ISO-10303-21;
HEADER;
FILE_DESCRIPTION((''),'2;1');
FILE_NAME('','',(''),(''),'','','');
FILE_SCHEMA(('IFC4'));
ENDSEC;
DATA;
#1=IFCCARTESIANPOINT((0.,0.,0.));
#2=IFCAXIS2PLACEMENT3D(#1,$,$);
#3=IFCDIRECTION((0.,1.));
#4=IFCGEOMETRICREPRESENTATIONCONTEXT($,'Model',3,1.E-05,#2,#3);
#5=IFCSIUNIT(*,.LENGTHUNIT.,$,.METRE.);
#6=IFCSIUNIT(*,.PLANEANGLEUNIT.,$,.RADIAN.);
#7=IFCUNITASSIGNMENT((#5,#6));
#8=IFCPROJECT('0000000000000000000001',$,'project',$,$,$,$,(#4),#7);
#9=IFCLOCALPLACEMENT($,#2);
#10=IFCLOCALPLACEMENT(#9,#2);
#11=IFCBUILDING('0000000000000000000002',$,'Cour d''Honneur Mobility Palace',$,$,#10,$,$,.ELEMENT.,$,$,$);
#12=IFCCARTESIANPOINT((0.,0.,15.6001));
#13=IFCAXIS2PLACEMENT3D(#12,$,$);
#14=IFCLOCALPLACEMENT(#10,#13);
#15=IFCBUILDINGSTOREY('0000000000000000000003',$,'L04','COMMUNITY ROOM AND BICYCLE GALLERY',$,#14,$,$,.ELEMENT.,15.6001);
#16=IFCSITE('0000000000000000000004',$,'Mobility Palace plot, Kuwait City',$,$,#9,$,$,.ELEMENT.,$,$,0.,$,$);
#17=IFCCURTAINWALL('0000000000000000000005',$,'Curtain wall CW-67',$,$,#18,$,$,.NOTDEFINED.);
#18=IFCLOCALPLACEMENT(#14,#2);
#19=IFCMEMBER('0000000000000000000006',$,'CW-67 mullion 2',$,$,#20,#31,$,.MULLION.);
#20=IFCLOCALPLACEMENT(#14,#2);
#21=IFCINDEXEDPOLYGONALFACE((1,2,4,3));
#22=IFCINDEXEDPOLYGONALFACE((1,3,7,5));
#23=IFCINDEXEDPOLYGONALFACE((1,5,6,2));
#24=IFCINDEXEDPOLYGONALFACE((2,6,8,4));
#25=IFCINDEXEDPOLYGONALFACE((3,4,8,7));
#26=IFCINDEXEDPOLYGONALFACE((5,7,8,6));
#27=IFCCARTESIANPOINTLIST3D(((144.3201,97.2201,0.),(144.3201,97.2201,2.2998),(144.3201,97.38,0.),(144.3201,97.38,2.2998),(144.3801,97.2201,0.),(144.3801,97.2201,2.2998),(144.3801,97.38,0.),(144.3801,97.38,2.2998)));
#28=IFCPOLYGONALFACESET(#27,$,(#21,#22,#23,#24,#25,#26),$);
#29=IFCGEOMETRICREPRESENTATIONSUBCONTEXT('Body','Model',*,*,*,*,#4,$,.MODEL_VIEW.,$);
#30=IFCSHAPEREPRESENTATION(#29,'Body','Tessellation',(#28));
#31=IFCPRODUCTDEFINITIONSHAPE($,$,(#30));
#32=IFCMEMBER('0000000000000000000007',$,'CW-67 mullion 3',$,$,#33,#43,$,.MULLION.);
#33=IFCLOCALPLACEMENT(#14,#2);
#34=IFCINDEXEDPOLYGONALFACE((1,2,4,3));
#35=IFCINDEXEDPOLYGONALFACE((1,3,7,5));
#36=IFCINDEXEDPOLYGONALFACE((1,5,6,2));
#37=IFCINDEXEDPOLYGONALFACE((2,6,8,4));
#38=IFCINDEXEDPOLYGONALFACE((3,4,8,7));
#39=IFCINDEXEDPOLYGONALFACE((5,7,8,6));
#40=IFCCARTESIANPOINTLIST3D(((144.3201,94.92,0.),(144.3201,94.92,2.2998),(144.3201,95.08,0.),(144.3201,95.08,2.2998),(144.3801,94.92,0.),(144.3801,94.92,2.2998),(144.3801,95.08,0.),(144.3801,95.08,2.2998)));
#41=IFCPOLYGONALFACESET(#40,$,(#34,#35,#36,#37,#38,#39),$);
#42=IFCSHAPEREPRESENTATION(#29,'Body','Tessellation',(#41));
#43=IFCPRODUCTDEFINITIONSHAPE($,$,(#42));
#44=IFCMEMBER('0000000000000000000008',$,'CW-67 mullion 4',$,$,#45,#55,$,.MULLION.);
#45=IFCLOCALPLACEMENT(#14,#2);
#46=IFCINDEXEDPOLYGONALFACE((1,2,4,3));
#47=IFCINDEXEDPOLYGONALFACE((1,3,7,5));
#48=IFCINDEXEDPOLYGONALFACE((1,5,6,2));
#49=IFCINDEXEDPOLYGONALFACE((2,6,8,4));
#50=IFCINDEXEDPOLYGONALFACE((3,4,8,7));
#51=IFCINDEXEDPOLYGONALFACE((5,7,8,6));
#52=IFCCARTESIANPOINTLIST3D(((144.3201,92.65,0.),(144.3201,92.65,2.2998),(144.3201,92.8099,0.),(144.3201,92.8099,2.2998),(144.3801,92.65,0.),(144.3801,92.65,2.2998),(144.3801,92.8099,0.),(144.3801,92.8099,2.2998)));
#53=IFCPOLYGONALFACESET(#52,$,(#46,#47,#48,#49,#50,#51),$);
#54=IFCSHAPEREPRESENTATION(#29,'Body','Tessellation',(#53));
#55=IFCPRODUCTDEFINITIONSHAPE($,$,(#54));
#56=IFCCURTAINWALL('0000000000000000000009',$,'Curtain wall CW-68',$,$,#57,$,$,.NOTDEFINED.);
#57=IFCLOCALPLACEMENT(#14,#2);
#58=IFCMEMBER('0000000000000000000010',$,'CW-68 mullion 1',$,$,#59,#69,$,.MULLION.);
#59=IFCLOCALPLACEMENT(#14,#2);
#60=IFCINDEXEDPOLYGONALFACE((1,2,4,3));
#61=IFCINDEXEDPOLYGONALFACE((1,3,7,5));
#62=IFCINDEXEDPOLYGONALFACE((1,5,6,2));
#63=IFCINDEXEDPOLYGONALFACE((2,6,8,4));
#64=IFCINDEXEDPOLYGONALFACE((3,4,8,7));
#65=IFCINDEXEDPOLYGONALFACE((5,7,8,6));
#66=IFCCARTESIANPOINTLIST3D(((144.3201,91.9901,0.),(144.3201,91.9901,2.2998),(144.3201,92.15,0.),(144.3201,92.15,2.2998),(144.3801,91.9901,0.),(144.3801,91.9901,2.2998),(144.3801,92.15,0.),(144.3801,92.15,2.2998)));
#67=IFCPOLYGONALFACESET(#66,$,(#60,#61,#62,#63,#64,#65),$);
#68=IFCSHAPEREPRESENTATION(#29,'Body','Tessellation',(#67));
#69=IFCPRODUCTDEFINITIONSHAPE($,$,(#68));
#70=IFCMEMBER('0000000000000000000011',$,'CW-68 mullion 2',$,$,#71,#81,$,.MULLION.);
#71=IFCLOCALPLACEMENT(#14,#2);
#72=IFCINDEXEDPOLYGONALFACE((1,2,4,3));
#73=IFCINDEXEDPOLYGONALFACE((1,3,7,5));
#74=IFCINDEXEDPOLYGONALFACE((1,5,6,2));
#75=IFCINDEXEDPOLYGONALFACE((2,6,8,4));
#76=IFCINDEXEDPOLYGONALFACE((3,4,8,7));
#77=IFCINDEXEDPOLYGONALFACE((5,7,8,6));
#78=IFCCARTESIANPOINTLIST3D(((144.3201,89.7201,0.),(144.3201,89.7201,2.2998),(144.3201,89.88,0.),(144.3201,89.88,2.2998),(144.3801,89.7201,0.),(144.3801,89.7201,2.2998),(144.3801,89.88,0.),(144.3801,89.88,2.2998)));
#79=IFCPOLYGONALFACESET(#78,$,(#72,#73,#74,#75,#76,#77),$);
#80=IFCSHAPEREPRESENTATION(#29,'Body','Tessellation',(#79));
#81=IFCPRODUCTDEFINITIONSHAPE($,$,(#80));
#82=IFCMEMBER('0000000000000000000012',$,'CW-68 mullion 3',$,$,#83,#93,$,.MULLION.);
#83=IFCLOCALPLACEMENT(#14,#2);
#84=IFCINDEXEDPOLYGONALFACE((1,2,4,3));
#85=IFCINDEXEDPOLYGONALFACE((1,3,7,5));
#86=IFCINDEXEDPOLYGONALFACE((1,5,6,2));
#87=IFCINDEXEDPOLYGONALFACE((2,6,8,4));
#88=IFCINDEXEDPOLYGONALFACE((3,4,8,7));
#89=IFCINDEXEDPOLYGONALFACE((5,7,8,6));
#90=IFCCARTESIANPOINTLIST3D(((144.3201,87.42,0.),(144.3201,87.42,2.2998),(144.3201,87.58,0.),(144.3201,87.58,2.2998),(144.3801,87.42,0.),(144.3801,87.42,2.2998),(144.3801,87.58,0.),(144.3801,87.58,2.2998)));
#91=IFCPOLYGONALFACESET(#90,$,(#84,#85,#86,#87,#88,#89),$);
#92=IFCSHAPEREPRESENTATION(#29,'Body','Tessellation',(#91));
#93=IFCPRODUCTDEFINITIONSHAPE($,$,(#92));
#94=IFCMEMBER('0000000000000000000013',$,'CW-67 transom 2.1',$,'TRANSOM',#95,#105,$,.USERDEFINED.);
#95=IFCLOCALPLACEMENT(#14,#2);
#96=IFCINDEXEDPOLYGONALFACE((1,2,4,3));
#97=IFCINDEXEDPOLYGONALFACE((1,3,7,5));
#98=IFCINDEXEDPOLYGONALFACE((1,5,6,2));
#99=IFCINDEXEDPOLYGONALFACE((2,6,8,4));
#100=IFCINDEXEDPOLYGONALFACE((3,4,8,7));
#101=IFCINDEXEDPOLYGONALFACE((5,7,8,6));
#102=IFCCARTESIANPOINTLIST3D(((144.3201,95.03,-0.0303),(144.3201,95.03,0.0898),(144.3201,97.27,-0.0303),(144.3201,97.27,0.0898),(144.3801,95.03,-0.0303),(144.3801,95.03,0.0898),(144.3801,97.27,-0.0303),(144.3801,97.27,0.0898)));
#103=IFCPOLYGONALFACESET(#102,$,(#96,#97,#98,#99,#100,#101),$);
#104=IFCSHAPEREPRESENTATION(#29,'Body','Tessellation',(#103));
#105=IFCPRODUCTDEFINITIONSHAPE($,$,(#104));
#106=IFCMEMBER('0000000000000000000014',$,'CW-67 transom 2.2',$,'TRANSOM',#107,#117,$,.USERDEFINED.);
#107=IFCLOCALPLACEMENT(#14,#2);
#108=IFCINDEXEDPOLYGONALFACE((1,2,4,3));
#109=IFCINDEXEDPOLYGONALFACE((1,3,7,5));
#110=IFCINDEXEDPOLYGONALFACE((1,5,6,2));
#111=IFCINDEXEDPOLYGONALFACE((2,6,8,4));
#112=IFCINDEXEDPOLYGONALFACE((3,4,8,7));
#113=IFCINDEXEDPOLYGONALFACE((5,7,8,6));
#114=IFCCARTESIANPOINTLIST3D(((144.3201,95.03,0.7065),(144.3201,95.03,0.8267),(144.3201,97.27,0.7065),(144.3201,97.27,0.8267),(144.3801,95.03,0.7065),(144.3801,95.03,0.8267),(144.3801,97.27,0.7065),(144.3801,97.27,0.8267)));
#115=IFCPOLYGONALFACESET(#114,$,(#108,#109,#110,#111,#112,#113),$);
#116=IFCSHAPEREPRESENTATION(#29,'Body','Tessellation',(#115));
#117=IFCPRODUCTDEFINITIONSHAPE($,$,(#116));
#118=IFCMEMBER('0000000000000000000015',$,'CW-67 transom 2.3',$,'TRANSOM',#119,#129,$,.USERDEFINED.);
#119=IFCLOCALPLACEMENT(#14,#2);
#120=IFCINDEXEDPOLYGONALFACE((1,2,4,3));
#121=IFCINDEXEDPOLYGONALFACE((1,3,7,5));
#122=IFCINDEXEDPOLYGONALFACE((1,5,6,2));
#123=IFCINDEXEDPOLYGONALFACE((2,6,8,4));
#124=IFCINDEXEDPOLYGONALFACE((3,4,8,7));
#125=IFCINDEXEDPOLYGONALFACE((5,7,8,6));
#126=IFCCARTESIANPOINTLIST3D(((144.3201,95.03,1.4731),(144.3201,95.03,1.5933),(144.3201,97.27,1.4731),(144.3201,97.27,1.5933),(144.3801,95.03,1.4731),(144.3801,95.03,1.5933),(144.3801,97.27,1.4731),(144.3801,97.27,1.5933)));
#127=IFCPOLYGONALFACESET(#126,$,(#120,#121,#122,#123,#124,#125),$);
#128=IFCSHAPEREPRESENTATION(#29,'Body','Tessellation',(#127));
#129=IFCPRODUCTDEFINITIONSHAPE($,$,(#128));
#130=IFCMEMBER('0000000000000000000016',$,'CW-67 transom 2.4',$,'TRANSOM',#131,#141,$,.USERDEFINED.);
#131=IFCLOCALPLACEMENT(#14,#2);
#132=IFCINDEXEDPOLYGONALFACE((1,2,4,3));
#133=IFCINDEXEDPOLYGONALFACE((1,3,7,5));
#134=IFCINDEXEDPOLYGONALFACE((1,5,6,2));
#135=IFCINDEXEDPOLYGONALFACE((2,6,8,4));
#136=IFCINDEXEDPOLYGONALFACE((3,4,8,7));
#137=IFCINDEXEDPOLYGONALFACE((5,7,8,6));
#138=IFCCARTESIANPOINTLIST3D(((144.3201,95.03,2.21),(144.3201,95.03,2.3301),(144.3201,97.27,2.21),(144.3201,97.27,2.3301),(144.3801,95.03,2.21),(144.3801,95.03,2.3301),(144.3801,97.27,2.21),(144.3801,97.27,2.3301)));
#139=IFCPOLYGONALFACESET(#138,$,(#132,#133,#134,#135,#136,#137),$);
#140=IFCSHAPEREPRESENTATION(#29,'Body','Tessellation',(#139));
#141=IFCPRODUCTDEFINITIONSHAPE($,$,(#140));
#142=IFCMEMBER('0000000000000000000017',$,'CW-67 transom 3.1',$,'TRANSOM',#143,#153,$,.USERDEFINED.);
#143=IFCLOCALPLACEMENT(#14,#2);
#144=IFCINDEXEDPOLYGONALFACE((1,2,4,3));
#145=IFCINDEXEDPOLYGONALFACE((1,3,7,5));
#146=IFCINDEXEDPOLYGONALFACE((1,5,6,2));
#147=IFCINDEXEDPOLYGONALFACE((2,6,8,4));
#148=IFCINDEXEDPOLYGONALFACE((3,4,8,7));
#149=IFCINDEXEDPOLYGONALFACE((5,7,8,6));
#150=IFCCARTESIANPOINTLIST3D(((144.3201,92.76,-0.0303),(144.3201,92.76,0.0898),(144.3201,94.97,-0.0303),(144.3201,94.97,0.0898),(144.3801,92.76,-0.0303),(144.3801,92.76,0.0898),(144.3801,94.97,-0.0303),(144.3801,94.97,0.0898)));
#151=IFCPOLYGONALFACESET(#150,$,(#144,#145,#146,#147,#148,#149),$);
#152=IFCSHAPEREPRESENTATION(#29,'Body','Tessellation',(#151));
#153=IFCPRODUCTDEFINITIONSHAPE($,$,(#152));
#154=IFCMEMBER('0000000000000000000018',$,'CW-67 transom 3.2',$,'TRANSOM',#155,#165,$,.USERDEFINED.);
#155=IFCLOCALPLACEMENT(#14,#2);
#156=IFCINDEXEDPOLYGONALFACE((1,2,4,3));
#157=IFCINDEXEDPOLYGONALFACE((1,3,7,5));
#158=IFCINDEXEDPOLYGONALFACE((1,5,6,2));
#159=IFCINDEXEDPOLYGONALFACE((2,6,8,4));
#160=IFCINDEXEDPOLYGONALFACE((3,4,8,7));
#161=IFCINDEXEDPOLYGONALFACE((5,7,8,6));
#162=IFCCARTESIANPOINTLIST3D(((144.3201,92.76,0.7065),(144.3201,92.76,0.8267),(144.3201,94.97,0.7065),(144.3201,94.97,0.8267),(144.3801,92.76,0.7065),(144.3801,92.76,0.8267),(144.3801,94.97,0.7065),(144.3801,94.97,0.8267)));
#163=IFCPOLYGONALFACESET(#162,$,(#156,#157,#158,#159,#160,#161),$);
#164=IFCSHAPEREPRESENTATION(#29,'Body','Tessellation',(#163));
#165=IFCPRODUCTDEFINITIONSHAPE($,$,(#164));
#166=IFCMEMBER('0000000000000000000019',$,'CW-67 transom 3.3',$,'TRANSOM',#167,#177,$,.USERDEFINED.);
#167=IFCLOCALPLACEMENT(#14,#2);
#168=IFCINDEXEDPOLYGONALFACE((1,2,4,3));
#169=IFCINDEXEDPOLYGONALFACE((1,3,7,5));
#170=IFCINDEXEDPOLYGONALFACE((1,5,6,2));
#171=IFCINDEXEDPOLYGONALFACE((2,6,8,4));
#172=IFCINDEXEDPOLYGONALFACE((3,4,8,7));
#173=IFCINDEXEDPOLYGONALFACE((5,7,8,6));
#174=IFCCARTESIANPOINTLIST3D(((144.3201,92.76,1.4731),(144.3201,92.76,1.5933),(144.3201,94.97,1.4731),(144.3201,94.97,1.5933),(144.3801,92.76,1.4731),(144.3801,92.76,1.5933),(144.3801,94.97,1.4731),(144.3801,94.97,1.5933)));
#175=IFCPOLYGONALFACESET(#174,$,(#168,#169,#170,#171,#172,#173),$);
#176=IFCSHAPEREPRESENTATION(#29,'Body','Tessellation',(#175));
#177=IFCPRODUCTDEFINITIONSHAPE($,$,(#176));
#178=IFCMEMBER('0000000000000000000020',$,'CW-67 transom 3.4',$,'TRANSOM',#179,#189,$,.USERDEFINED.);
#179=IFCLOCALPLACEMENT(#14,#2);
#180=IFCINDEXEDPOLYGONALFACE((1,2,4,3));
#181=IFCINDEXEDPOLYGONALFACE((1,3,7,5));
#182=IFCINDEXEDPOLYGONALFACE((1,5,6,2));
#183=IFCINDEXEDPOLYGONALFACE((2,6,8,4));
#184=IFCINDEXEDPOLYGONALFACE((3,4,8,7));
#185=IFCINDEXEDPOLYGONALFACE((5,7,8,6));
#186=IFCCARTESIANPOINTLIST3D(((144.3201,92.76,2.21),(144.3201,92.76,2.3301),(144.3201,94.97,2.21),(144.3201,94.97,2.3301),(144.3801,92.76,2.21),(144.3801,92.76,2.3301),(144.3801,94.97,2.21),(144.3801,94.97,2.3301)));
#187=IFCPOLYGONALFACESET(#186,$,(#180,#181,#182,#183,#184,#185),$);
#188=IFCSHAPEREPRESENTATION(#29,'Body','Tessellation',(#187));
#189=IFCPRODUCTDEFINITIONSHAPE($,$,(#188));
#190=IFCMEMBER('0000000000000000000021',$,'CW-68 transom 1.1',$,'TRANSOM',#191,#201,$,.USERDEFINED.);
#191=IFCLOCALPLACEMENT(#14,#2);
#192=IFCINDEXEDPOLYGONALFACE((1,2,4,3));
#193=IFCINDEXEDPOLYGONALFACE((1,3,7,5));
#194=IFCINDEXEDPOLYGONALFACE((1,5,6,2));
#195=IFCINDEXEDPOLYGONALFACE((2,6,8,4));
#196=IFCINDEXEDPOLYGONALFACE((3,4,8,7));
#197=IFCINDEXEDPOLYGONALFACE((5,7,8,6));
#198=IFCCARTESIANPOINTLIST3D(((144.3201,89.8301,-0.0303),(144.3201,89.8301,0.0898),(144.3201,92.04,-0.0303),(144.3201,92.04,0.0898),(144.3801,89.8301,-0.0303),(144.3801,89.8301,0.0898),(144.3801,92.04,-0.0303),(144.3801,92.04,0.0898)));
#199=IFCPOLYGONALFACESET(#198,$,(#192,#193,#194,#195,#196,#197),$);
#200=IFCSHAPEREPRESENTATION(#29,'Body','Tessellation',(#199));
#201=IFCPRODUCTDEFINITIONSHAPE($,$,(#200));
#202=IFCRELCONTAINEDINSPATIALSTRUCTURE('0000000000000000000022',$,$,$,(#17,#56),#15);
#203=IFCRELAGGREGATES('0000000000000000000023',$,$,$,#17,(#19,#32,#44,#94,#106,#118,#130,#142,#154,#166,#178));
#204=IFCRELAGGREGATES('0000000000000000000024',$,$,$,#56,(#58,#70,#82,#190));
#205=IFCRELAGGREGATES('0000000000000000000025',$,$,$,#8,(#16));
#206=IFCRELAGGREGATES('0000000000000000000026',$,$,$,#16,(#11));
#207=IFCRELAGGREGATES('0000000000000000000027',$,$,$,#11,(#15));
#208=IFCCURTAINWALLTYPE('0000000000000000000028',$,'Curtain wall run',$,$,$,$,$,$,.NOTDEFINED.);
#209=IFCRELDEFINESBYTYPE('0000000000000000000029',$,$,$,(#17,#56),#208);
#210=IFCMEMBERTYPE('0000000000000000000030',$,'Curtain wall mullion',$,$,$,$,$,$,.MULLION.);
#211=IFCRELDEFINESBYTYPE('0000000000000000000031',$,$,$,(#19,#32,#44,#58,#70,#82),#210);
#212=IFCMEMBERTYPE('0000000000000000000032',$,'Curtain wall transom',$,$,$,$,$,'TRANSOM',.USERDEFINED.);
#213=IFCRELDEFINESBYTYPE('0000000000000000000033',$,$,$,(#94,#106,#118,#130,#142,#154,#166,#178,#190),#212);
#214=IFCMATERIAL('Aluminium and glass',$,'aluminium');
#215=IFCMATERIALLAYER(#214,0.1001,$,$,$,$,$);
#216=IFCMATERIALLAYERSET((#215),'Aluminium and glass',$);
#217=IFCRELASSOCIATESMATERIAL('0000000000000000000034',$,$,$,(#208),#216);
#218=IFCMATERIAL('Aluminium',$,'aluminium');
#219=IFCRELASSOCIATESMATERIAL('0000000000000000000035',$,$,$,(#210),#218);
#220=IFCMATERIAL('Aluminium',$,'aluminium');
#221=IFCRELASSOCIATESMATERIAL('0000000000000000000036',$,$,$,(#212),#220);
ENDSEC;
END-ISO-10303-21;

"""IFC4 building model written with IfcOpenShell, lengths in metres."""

from ifc_helpers import new_model, si_unit, direction, frame, origin, origin_2d, place, context, subcontext, project, spatial, rectangle, extrude, material, layer, layer_set, material_profile, profile_set, type_object, element, aggregate, save


model = new_model("IFC4")

# Units and contexts
model_context = context("Model", 3, precision=1e-05, world=origin(), true_north=direction((0.0, 1.0)))
body_context = subcontext(model_context, "Body", "Model", "MODEL_VIEW")
ifc_project = project(units=[si_unit("LENGTHUNIT", "METRE"), si_unit("PLANEANGLEUNIT", "RADIAN")], contexts=[model_context])

# Site, building, storey
site_placement = place(None, origin())
site = spatial("IfcSite", under=ifc_project, at=site_placement, Name="Mobility Palace plot, Kuwait City", CompositionType="ELEMENT", RefElevation=0.0)
building_placement = place(site_placement, origin())
building = spatial("IfcBuilding", under=site, at=building_placement, Name="Cour d'Honneur Mobility Palace", CompositionType="ELEMENT")
storey_placement = place(building_placement, frame((0.0, 0.0, 15.6001)))
storey = spatial("IfcBuildingStorey", under=building, at=storey_placement, Name="L04", Description="COMMUNITY ROOM AND BICYCLE GALLERY", CompositionType="ELEMENT", Elevation=15.6001)

# Curtain walls, members
ifc_material_1 = material(Name="Aluminium and glass", Category="aluminium")
ifc_layer_1 = layer(ifc_material_1, 0.1001)
ifc_layer_set_1 = layer_set([ifc_layer_1], Name="Aluminium and glass")
curtain_wall_type = type_object("IfcCurtainWallType", Name="Curtain wall run", PredefinedType="NOTDEFINED", material=ifc_layer_set_1)
curtain_wall_1_placement = place(storey_placement, origin())
curtain_wall_1 = element("IfcCurtainWall", 1, at=curtain_wall_1_placement, inside=storey, type_object=curtain_wall_type, Name="Curtain wall CW-67", PredefinedType="NOTDEFINED")
ifc_material_2 = material(Name="Aluminium", Category="aluminium")
ifc_material_profile_1 = material_profile(ifc_material_2, rectangle(XDim=0.0601, YDim=0.1599, at=origin_2d()), Name="Curtain wall mullion")
ifc_profile_set_1 = profile_set([ifc_material_profile_1], Name="Aluminium")
member_type_1 = type_object("IfcMemberType", Name="Curtain wall mullion", PredefinedType="MULLION", material=ifc_profile_set_1)
member_1_placement = place(storey_placement, frame((144.3501, 97.3, 0.0), z_axis=(0.0, 0.0, 1.0), x_axis=(1.0, 0.0, 0.0)))
member_1 = element("IfcMember", 2, at=member_1_placement, type_object=member_type_1, Name="CW-67 mullion 2", PredefinedType="MULLION", context=body_context, shape_type="SweptSolid", body=[
    extrude(rectangle(XDim=0.0601, YDim=0.1599, at=origin_2d()), origin(), (0.0, 0.0, 1.0), 2.2998),
])
member_2_placement = place(storey_placement, frame((144.3501, 95.0, 0.0), z_axis=(0.0, 0.0, 1.0), x_axis=(1.0, 0.0, 0.0)))
member_2 = element("IfcMember", 3, at=member_2_placement, type_object=member_type_1, Name="CW-67 mullion 3", PredefinedType="MULLION", context=body_context, shape_type="SweptSolid", body=[
    extrude(rectangle(XDim=0.0601, YDim=0.1599, at=origin_2d()), origin(), (0.0, 0.0, 1.0), 2.2998),
])
member_3_placement = place(storey_placement, frame((144.3501, 92.73, 0.0), z_axis=(0.0, 0.0, 1.0), x_axis=(1.0, 0.0, 0.0)))
member_3 = element("IfcMember", 4, at=member_3_placement, type_object=member_type_1, Name="CW-67 mullion 4", PredefinedType="MULLION", context=body_context, shape_type="SweptSolid", body=[
    extrude(rectangle(XDim=0.0601, YDim=0.1599, at=origin_2d()), origin(), (0.0, 0.0, 1.0), 2.2998),
])
curtain_wall_2_placement = place(storey_placement, origin())
curtain_wall_2 = element("IfcCurtainWall", 5, at=curtain_wall_2_placement, inside=storey, type_object=curtain_wall_type, Name="Curtain wall CW-68", PredefinedType="NOTDEFINED")
member_4_placement = place(storey_placement, frame((144.3501, 92.0701, 0.0), z_axis=(0.0, 0.0, 1.0), x_axis=(1.0, 0.0, 0.0)))
member_4 = element("IfcMember", 6, at=member_4_placement, type_object=member_type_1, Name="CW-68 mullion 1", PredefinedType="MULLION", context=body_context, shape_type="SweptSolid", body=[
    extrude(rectangle(XDim=0.0601, YDim=0.1599, at=origin_2d()), origin(), (0.0, 0.0, 1.0), 2.2998),
])
member_5_placement = place(storey_placement, frame((144.3501, 89.8, 0.0), z_axis=(0.0, 0.0, 1.0), x_axis=(1.0, 0.0, 0.0)))
member_5 = element("IfcMember", 7, at=member_5_placement, type_object=member_type_1, Name="CW-68 mullion 2", PredefinedType="MULLION", context=body_context, shape_type="SweptSolid", body=[
    extrude(rectangle(XDim=0.0601, YDim=0.1599, at=origin_2d()), origin(), (0.0, 0.0, 1.0), 2.2998),
])
member_6_placement = place(storey_placement, frame((144.3501, 87.5, 0.0), z_axis=(0.0, 0.0, 1.0), x_axis=(1.0, 0.0, 0.0)))
member_6 = element("IfcMember", 8, at=member_6_placement, type_object=member_type_1, Name="CW-68 mullion 3", PredefinedType="MULLION", context=body_context, shape_type="SweptSolid", body=[
    extrude(rectangle(XDim=0.0601, YDim=0.1599, at=origin_2d()), origin(), (0.0, 0.0, 1.0), 2.2998),
])

# Members
ifc_material_3 = material(Name="Aluminium", Category="aluminium")
ifc_material_profile_2 = material_profile(ifc_material_3, rectangle(XDim=0.0601, YDim=0.1201, at=origin_2d()), Name="Curtain wall transom")
ifc_profile_set_2 = profile_set([ifc_material_profile_2], Name="Aluminium")
member_type_2 = type_object("IfcMemberType", Name="Curtain wall transom", ElementType="TRANSOM", PredefinedType="USERDEFINED", material=ifc_profile_set_2)
member_7_placement = place(storey_placement, frame((144.3501, 97.27, 0.0298), z_axis=(0.0, -1.0, 0.0), x_axis=(1.0, 0.0, 0.0)))
member_7 = element("IfcMember", 9, at=member_7_placement, type_object=member_type_2, Name="CW-67 transom 2.1", ObjectType="TRANSOM", PredefinedType="USERDEFINED", context=body_context, shape_type="SweptSolid", body=[
    extrude(rectangle(XDim=0.0601, YDim=0.1201, at=origin_2d()), origin(), (0.0, 0.0, 1.0), 2.24),
])
member_8_placement = place(storey_placement, frame((144.3501, 97.27, 0.7666), z_axis=(0.0, -1.0, 0.0), x_axis=(1.0, 0.0, 0.0)))
member_8 = element("IfcMember", 10, at=member_8_placement, type_object=member_type_2, Name="CW-67 transom 2.2", ObjectType="TRANSOM", PredefinedType="USERDEFINED", context=body_context, shape_type="SweptSolid", body=[
    extrude(rectangle(XDim=0.0601, YDim=0.1201, at=origin_2d()), origin(), (0.0, 0.0, 1.0), 2.24),
])
member_9_placement = place(storey_placement, frame((144.3501, 97.27, 1.5332), z_axis=(0.0, -1.0, 0.0), x_axis=(1.0, 0.0, 0.0)))
member_9 = element("IfcMember", 11, at=member_9_placement, type_object=member_type_2, Name="CW-67 transom 2.3", ObjectType="TRANSOM", PredefinedType="USERDEFINED", context=body_context, shape_type="SweptSolid", body=[
    extrude(rectangle(XDim=0.0601, YDim=0.1201, at=origin_2d()), origin(), (0.0, 0.0, 1.0), 2.24),
])
member_10_placement = place(storey_placement, frame((144.3501, 97.27, 2.27), z_axis=(0.0, -1.0, 0.0), x_axis=(1.0, 0.0, 0.0)))
member_10 = element("IfcMember", 12, at=member_10_placement, type_object=member_type_2, Name="CW-67 transom 2.4", ObjectType="TRANSOM", PredefinedType="USERDEFINED", context=body_context, shape_type="SweptSolid", body=[
    extrude(rectangle(XDim=0.0601, YDim=0.1201, at=origin_2d()), origin(), (0.0, 0.0, 1.0), 2.24),
])
member_11_placement = place(storey_placement, frame((144.3501, 94.97, 0.0298), z_axis=(0.0, -1.0, 0.0), x_axis=(1.0, 0.0, 0.0)))
member_11 = element("IfcMember", 13, at=member_11_placement, type_object=member_type_2, Name="CW-67 transom 3.1", ObjectType="TRANSOM", PredefinedType="USERDEFINED", context=body_context, shape_type="SweptSolid", body=[
    extrude(rectangle(XDim=0.0601, YDim=0.1201, at=origin_2d()), origin(), (0.0, 0.0, 1.0), 2.21),
])
member_12_placement = place(storey_placement, frame((144.3501, 94.97, 0.7666), z_axis=(0.0, -1.0, 0.0), x_axis=(1.0, 0.0, 0.0)))
member_12 = element("IfcMember", 14, at=member_12_placement, type_object=member_type_2, Name="CW-67 transom 3.2", ObjectType="TRANSOM", PredefinedType="USERDEFINED", context=body_context, shape_type="SweptSolid", body=[
    extrude(rectangle(XDim=0.0601, YDim=0.1201, at=origin_2d()), origin(), (0.0, 0.0, 1.0), 2.21),
])
member_13_placement = place(storey_placement, frame((144.3501, 94.97, 1.5332), z_axis=(0.0, -1.0, 0.0), x_axis=(1.0, 0.0, 0.0)))
member_13 = element("IfcMember", 15, at=member_13_placement, type_object=member_type_2, Name="CW-67 transom 3.3", ObjectType="TRANSOM", PredefinedType="USERDEFINED", context=body_context, shape_type="SweptSolid", body=[
    extrude(rectangle(XDim=0.0601, YDim=0.1201, at=origin_2d()), origin(), (0.0, 0.0, 1.0), 2.21),
])
member_14_placement = place(storey_placement, frame((144.3501, 94.97, 2.27), z_axis=(0.0, -1.0, 0.0), x_axis=(1.0, 0.0, 0.0)))
member_14 = element("IfcMember", 16, at=member_14_placement, type_object=member_type_2, Name="CW-67 transom 3.4", ObjectType="TRANSOM", PredefinedType="USERDEFINED", context=body_context, shape_type="SweptSolid", body=[
    extrude(rectangle(XDim=0.0601, YDim=0.1201, at=origin_2d()), origin(), (0.0, 0.0, 1.0), 2.21),
])
member_15_placement = place(storey_placement, frame((144.3501, 92.04, 0.0298), z_axis=(0.0, -1.0, 0.0), x_axis=(1.0, 0.0, 0.0)))
member_15 = element("IfcMember", 17, at=member_15_placement, type_object=member_type_2, Name="CW-68 transom 1.1", ObjectType="TRANSOM", PredefinedType="USERDEFINED", context=body_context, shape_type="SweptSolid", body=[
    extrude(rectangle(XDim=0.0601, YDim=0.1201, at=origin_2d()), origin(), (0.0, 0.0, 1.0), 2.21),
])

aggregate(curtain_wall_1, [member_1, member_2, member_3, member_7, member_8, member_9, member_10, member_11, member_12, member_13, member_14])
aggregate(curtain_wall_2, [member_4, member_5, member_6, member_15])

save(model, "model.ifc")
